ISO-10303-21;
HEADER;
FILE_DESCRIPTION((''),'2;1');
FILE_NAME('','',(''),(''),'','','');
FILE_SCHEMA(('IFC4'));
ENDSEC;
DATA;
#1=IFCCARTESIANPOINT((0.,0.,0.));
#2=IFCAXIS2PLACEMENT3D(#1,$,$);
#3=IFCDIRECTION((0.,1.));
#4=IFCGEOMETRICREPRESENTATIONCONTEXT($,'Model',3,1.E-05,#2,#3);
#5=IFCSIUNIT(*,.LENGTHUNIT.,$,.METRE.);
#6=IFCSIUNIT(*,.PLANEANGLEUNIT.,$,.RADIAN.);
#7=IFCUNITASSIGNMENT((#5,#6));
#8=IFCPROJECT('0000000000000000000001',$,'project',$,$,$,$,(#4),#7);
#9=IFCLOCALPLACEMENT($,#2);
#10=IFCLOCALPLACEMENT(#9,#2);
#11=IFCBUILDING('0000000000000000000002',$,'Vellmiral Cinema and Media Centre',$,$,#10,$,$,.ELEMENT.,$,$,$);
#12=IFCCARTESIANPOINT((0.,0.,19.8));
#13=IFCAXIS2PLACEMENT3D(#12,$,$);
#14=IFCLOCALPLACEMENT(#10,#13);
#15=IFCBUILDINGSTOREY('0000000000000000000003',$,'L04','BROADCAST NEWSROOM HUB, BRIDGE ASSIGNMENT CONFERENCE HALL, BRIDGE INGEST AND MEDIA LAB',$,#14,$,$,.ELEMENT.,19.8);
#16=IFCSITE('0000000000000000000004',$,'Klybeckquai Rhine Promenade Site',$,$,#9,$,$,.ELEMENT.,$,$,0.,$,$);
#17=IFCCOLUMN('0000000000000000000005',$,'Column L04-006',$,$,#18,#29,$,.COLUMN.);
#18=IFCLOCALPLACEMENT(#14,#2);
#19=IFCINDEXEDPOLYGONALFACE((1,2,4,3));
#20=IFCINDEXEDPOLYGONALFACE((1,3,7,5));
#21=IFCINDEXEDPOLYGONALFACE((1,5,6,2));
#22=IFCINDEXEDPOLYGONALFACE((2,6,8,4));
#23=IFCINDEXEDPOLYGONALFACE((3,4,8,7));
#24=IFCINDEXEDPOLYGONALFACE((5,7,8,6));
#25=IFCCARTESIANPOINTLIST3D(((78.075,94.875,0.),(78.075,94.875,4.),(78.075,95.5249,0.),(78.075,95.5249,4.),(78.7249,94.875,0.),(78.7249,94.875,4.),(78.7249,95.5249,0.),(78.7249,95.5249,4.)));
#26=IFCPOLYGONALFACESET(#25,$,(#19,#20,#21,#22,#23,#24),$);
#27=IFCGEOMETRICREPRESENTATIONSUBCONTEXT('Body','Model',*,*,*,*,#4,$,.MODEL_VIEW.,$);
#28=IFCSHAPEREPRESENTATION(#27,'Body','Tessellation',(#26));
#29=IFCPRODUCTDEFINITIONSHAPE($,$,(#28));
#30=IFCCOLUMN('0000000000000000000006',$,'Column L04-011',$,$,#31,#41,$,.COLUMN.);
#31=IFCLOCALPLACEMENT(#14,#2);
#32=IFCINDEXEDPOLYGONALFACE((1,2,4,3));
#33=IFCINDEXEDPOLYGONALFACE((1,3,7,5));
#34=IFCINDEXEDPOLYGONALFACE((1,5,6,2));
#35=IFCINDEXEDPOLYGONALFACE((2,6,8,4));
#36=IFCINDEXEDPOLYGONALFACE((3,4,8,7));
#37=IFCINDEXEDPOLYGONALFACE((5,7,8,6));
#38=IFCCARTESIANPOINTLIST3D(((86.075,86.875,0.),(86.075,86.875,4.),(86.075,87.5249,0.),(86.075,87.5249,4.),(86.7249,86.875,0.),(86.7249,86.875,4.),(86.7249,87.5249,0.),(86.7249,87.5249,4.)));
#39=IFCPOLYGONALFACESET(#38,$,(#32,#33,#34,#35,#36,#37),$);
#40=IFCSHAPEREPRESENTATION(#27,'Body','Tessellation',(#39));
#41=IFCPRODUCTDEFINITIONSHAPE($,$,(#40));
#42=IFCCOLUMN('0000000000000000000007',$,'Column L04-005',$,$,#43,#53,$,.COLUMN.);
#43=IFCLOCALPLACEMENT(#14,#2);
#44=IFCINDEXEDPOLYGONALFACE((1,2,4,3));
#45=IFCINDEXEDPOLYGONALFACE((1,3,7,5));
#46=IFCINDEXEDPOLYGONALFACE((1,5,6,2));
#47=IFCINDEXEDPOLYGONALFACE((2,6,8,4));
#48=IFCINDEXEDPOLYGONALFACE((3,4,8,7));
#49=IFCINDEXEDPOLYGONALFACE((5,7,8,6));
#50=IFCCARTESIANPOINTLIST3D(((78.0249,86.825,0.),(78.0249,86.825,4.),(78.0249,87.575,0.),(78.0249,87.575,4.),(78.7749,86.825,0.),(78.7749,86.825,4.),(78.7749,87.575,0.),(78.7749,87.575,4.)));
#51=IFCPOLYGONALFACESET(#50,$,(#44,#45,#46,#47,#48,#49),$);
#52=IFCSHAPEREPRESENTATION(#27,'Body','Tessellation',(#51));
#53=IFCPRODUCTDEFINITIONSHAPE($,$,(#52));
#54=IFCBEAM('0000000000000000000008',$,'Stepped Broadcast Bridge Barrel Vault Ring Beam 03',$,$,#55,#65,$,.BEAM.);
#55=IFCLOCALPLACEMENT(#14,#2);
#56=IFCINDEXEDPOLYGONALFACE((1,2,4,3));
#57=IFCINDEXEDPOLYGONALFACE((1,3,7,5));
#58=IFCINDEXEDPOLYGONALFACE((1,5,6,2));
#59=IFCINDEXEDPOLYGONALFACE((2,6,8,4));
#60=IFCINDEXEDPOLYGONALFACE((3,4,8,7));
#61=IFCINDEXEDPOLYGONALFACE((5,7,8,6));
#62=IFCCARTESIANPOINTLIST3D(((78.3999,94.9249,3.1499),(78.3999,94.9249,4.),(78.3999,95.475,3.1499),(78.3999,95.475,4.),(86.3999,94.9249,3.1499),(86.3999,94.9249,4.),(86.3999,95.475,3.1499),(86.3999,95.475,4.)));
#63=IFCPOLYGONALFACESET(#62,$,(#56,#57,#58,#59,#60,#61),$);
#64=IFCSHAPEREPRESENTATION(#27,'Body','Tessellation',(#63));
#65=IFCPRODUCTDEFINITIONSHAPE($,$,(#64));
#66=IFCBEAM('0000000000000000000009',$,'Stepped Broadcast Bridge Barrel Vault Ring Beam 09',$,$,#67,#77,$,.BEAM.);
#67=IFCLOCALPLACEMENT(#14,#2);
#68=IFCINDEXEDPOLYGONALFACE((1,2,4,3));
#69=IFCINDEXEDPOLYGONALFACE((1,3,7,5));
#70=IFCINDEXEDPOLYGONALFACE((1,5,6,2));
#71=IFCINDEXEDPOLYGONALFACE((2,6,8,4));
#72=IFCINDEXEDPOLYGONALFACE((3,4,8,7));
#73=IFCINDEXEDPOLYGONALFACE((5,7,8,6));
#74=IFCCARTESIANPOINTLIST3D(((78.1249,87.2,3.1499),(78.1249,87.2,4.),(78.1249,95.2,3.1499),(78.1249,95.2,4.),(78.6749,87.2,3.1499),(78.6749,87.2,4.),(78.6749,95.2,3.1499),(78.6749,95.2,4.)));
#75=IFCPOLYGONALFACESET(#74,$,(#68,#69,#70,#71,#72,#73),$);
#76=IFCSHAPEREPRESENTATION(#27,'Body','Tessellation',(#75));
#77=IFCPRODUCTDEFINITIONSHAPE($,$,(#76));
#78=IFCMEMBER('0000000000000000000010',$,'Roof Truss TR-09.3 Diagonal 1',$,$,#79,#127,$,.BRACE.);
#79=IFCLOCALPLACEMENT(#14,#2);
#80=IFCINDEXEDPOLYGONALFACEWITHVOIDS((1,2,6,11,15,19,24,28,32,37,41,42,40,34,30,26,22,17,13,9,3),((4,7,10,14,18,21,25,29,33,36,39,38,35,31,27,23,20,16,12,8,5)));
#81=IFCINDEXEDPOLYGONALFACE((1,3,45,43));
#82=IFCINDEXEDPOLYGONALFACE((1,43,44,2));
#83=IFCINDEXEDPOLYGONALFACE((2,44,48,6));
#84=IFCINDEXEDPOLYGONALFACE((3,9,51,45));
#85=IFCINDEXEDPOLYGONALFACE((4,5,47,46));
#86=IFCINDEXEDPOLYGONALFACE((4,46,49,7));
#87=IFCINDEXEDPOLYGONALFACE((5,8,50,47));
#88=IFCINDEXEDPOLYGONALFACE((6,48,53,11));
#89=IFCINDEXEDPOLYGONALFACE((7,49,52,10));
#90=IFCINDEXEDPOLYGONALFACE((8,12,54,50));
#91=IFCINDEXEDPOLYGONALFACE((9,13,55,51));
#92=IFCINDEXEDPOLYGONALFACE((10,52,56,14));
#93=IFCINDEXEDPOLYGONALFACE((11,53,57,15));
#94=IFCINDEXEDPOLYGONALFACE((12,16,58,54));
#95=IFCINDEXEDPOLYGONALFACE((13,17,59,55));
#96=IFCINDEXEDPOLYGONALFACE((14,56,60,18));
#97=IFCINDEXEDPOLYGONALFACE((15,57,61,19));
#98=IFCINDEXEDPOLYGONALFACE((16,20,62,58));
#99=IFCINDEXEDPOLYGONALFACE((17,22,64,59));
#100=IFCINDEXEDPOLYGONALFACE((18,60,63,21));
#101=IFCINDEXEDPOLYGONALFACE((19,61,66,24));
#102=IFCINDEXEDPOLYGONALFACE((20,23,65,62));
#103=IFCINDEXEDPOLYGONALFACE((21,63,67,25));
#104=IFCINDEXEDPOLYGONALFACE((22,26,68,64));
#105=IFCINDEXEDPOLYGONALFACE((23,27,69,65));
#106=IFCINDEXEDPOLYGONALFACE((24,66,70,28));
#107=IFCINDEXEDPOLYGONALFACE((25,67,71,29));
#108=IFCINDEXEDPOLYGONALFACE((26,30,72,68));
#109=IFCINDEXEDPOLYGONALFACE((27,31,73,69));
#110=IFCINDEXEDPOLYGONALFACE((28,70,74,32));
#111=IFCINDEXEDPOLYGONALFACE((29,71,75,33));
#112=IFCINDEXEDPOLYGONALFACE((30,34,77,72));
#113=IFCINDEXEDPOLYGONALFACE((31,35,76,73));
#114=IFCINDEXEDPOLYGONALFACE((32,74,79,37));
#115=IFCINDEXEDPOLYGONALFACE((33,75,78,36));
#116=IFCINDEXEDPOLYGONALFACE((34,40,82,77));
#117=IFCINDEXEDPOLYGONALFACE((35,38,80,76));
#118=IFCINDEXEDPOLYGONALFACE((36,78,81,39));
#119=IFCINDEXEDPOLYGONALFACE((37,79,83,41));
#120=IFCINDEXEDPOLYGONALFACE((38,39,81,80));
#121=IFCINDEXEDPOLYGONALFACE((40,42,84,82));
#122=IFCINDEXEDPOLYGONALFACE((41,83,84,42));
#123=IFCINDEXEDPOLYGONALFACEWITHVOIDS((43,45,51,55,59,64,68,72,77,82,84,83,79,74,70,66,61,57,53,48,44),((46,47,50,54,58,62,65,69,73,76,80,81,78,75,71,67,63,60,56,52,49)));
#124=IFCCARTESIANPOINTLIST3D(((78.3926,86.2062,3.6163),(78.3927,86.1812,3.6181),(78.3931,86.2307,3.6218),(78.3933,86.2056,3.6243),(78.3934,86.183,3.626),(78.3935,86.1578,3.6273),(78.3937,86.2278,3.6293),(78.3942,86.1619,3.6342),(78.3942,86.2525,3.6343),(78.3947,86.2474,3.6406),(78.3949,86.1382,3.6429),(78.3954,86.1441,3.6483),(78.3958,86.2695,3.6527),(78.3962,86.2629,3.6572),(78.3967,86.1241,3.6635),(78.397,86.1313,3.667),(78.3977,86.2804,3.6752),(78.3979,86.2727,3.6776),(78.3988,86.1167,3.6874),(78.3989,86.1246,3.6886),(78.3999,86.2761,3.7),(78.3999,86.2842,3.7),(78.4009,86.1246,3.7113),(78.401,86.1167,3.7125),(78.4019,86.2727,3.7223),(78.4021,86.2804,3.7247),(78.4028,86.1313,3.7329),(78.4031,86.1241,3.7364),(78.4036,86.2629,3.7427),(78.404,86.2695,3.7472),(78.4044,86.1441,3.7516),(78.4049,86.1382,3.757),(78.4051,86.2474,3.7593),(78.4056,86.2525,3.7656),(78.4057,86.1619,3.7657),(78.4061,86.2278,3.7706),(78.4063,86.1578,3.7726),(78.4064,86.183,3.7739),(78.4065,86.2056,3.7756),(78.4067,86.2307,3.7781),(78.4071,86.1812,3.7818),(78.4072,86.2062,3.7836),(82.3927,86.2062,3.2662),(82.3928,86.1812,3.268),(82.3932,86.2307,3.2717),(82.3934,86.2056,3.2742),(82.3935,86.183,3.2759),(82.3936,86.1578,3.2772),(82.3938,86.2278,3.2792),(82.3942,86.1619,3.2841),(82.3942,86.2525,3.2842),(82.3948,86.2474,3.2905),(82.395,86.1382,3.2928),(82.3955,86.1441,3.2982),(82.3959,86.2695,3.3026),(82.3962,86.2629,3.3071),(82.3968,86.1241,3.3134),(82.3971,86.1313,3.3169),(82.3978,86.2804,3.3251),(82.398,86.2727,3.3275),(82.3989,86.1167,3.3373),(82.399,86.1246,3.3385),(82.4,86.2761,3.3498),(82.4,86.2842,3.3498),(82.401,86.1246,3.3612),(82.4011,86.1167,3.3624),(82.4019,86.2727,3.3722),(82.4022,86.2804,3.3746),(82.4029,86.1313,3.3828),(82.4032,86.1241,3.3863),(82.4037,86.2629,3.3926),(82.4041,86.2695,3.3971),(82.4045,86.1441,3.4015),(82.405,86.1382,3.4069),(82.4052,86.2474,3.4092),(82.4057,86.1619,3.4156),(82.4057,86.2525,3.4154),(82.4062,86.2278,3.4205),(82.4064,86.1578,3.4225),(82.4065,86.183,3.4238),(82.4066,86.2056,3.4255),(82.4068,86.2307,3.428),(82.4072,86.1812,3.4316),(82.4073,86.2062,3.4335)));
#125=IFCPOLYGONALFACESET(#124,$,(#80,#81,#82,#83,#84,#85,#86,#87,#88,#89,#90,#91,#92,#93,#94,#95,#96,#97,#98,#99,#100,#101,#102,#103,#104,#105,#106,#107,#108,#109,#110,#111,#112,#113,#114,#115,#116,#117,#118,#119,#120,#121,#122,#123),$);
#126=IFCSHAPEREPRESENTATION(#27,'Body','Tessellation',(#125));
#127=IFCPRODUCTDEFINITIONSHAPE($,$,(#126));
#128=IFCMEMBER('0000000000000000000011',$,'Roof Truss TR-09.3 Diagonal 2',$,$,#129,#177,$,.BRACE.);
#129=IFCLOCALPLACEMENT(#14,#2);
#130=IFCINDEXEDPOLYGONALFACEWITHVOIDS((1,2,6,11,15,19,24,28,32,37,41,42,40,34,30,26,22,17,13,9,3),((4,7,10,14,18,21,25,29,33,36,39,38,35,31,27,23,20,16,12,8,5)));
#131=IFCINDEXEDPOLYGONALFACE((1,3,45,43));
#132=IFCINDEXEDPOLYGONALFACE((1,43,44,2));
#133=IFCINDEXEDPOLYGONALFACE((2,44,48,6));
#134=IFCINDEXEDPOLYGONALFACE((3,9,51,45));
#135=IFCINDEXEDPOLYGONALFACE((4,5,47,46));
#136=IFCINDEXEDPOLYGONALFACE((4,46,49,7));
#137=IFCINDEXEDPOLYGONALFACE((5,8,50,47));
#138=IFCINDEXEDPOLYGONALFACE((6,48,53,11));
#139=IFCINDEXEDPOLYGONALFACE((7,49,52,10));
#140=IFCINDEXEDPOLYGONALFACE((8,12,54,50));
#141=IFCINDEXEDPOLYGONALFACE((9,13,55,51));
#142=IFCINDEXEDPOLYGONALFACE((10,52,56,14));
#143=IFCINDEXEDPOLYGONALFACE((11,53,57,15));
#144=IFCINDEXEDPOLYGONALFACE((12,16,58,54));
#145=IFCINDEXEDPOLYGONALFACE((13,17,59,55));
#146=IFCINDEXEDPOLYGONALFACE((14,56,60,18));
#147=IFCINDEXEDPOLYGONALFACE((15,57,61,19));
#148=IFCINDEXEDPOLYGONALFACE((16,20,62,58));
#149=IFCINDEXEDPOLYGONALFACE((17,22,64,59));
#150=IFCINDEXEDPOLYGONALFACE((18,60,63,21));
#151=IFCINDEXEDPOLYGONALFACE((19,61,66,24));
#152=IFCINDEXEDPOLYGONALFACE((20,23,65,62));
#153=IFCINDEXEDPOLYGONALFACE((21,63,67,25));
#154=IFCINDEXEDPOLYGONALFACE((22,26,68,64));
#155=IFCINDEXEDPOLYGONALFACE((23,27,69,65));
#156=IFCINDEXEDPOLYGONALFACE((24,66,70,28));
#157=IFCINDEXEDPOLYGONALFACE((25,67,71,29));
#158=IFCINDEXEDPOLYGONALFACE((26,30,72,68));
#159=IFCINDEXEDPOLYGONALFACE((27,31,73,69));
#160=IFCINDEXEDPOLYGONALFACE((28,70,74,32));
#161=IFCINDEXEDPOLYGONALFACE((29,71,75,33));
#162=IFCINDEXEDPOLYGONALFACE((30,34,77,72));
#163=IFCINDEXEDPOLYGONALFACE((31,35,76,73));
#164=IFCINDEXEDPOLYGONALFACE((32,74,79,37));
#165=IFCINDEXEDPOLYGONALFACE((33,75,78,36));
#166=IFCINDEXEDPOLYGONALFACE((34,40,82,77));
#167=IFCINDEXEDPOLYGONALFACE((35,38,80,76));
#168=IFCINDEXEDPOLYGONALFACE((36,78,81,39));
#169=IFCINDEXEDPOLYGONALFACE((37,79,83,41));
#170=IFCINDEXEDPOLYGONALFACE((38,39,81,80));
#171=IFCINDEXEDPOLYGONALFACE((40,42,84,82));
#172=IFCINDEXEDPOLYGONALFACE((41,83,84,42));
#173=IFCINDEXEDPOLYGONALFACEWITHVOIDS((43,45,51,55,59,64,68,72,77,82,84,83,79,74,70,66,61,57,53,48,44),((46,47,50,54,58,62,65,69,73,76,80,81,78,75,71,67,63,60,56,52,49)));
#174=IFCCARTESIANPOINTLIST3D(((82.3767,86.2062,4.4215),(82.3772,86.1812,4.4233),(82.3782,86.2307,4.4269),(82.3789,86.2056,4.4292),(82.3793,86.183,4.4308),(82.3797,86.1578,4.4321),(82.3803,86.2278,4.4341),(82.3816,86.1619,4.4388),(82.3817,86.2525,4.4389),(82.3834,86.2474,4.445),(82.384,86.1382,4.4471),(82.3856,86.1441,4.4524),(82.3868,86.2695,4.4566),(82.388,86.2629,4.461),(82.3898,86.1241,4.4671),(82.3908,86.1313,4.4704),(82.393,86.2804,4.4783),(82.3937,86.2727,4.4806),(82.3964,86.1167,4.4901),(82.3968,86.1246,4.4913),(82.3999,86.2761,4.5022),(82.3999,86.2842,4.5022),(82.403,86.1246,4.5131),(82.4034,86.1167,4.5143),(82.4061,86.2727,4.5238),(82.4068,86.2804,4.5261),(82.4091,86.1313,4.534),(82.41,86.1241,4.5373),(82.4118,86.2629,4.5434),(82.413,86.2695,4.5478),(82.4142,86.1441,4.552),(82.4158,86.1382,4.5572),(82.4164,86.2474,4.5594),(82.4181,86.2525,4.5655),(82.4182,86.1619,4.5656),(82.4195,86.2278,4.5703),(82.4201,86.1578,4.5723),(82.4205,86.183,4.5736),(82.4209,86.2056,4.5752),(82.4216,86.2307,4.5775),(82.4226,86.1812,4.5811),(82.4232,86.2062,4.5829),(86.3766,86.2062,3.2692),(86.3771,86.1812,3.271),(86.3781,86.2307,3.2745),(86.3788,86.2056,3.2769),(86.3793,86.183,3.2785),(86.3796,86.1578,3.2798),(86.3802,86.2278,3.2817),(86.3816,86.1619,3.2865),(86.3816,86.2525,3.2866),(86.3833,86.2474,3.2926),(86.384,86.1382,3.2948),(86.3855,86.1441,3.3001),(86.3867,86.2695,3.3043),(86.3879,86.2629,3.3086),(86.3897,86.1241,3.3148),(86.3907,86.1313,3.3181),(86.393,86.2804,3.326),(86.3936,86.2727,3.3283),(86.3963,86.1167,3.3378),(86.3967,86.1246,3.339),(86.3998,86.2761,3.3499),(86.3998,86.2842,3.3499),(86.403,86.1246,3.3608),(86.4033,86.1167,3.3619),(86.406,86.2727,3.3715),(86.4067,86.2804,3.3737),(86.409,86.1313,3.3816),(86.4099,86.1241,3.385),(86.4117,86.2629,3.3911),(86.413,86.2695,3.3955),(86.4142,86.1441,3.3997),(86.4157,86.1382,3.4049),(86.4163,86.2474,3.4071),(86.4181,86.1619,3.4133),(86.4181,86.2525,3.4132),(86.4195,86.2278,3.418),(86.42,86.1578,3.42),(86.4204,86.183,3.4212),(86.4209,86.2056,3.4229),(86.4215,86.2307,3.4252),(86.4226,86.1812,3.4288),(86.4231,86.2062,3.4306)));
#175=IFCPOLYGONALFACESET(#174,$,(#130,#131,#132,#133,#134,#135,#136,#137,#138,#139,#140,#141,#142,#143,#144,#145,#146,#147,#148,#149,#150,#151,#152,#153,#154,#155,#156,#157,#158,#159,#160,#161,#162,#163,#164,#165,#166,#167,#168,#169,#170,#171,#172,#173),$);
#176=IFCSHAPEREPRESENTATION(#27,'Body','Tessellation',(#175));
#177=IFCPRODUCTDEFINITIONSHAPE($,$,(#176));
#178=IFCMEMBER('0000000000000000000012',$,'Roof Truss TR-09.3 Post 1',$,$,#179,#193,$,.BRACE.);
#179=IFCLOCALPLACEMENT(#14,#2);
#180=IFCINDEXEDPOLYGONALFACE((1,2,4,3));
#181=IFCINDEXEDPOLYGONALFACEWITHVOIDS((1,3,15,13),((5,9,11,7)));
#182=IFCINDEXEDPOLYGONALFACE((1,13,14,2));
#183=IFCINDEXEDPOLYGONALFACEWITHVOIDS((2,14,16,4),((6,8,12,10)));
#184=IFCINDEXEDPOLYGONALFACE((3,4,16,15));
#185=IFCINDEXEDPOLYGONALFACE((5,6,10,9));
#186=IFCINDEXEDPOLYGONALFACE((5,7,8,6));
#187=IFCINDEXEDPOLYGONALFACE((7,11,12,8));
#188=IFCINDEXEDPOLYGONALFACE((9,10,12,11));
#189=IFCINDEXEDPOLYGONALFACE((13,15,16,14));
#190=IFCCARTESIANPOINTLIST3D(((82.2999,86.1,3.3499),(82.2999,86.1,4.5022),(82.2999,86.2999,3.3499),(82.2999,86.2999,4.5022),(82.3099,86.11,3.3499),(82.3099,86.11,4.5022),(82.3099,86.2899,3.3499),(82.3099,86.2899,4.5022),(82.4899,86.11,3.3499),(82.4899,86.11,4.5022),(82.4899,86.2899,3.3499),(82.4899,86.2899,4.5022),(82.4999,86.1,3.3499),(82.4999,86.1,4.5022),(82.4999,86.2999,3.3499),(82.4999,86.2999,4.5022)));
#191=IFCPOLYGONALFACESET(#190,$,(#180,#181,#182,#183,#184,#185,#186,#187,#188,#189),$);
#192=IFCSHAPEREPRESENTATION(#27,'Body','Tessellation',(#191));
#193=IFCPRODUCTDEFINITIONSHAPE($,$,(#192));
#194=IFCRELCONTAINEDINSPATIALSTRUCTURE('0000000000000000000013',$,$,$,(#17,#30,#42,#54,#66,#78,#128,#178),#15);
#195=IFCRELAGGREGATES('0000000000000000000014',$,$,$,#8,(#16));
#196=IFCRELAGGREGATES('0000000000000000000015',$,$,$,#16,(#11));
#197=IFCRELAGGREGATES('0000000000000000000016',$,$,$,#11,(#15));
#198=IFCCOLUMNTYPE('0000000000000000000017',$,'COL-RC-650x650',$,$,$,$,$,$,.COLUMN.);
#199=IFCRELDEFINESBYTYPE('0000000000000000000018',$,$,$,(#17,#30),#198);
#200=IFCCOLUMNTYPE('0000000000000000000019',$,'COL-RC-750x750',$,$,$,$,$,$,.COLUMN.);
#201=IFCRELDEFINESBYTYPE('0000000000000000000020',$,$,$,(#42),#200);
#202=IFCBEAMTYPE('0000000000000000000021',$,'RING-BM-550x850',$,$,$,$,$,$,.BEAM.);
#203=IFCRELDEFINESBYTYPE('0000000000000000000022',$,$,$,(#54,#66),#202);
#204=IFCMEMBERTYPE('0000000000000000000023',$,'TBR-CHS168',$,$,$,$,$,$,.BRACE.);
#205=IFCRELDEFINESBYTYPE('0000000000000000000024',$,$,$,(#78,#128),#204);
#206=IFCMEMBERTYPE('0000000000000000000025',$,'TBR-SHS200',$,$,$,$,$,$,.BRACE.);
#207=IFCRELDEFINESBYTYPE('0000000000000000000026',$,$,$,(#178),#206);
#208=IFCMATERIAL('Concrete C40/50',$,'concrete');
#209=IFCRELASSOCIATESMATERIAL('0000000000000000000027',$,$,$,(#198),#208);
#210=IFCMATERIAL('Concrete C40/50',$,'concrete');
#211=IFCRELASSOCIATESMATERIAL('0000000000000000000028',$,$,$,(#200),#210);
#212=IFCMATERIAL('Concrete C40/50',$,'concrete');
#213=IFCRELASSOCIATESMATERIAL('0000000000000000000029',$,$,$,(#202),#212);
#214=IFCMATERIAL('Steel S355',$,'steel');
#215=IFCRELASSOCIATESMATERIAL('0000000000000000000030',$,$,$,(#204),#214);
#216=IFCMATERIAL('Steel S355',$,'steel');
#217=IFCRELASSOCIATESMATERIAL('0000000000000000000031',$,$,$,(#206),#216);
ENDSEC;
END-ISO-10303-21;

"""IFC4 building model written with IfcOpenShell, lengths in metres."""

from ifc_helpers import new_model, si_unit, direction, frame, origin, origin_2d, place, context, subcontext, project, spatial, rectangle, hollow_rectangle, hollow_circle, extrude, material, material_profile, profile_set, type_object, element, save


model = new_model("IFC4")

# Units and contexts
model_context = context("Model", 3, precision=1e-05, world=origin(), true_north=direction((0.0, 1.0)))
body_context = subcontext(model_context, "Body", "Model", "MODEL_VIEW")
ifc_project = project(units=[si_unit("LENGTHUNIT", "METRE"), si_unit("PLANEANGLEUNIT", "RADIAN")], contexts=[model_context])

# Site, building, storey
site_placement = place(None, origin())
site = spatial("IfcSite", under=ifc_project, at=site_placement, Name="Klybeckquai Rhine Promenade Site", CompositionType="ELEMENT", RefElevation=0.0)
building_placement = place(site_placement, origin())
building = spatial("IfcBuilding", under=site, at=building_placement, Name="Vellmiral Cinema and Media Centre", CompositionType="ELEMENT")
storey_placement = place(building_placement, frame((0.0, 0.0, 19.8)))
storey = spatial("IfcBuildingStorey", under=building, at=storey_placement, Name="L04", Description="BROADCAST NEWSROOM HUB, BRIDGE ASSIGNMENT CONFERENCE HALL, BRIDGE INGEST AND MEDIA LAB", CompositionType="ELEMENT", Elevation=19.8)

# Columns
ifc_material_1 = material(Name="Concrete C40/50", Category="concrete")
ifc_material_profile_1 = material_profile(ifc_material_1, rectangle(XDim=0.6499, YDim=0.6499, at=origin_2d()), Name="RC 650x650")
ifc_profile_set_1 = profile_set([ifc_material_profile_1], Name="Concrete C40/50")
column_type_1 = type_object("IfcColumnType", Name="COL-RC-650x650", PredefinedType="COLUMN", material=ifc_profile_set_1)
for number, where, z_axis, x_axis, name in (
    (1, (78.3999, 95.2, 0.0), (0.0, 0.0, 1.0), (1.0, 0.0, 0.0), "Column L04-006"),
    (2, (86.3999, 87.2, 0.0), (0.0, 0.0, 1.0), (1.0, 0.0, 0.0), "Column L04-011"),
):
    element("IfcColumn", number, at=place(storey_placement, frame(where, z_axis=z_axis, x_axis=x_axis)), inside=storey, type_object=column_type_1, Name=name, PredefinedType="COLUMN", context=body_context, shape_type="SweptSolid", body=[
        extrude(rectangle(XDim=0.6499, YDim=0.6499, at=origin_2d()), origin(), (0.0, 0.0, 1.0), 4.0),
    ])
ifc_material_2 = material(Name="Concrete C40/50", Category="concrete")
ifc_material_profile_2 = material_profile(ifc_material_2, rectangle(XDim=0.75, YDim=0.75, at=origin_2d()), Name="RC 750x750")
ifc_profile_set_2 = profile_set([ifc_material_profile_2], Name="Concrete C40/50")
column_type_2 = type_object("IfcColumnType", Name="COL-RC-750x750", PredefinedType="COLUMN", material=ifc_profile_set_2)
column_placement = place(storey_placement, frame((78.3999, 87.2, 0.0), z_axis=(0.0, 0.0, 1.0), x_axis=(1.0, 0.0, 0.0)))
element("IfcColumn", 3, at=column_placement, inside=storey, type_object=column_type_2, Name="Column L04-005", PredefinedType="COLUMN", context=body_context, shape_type="SweptSolid", body=[
    extrude(rectangle(XDim=0.75, YDim=0.75, at=origin_2d()), origin(), (0.0, 0.0, 1.0), 4.0),
])

# Beams
ifc_material_3 = material(Name="Concrete C40/50", Category="concrete")
ifc_material_profile_3 = material_profile(ifc_material_3, rectangle(XDim=0.55, YDim=0.8501, at=origin_2d()), Name="RC 550x850")
ifc_profile_set_3 = profile_set([ifc_material_profile_3], Name="Concrete C40/50")
beam_type = type_object("IfcBeamType", Name="RING-BM-550x850", PredefinedType="BEAM", material=ifc_profile_set_3)
for number, where, z_axis, x_axis, name in (
    (4, (78.3999, 95.2, 3.575), (1.0, 0.0, 0.0), (0.0, 1.0, 0.0), "Stepped Broadcast Bridge Barrel Vault Ring Beam 03"),
    (5, (78.3999, 87.2, 3.575), (0.0, 1.0, 0.0), (-1.0, 0.0, 0.0), "Stepped Broadcast Bridge Barrel Vault Ring Beam 09"),
):
    element("IfcBeam", number, at=place(storey_placement, frame(where, z_axis=z_axis, x_axis=x_axis)), inside=storey, type_object=beam_type, Name=name, PredefinedType="BEAM", context=body_context, shape_type="SweptSolid", body=[
        extrude(rectangle(XDim=0.55, YDim=0.8501, at=origin_2d()), origin(), (0.0, 0.0, 1.0), 8.0),
    ])

# Members
ifc_material_4 = material(Name="Steel S355", Category="steel")
ifc_material_profile_4 = material_profile(ifc_material_4, hollow_circle(Radius=0.0842, WallThickness=0.0081, at=origin_2d()), Name="CHS 168.3x8.0")
ifc_profile_set_4 = profile_set([ifc_material_profile_4], Name="Steel S355")
member_type_1 = type_object("IfcMemberType", Name="TBR-CHS168", PredefinedType="BRACE", material=ifc_profile_set_4)
member_1_placement = place(storey_placement, frame((78.3999, 86.2, 3.7), z_axis=(0.996192, 0.0, -0.087191), x_axis=(0.0, 1.0, 0.0)))
element("IfcMember", 6, at=member_1_placement, inside=storey, type_object=member_type_1, Name="Roof Truss TR-09.3 Diagonal 1", PredefinedType="BRACE", context=body_context, shape_type="SweptSolid", body=[
    extrude(hollow_circle(Radius=0.0842, WallThickness=0.0081, at=origin_2d()), origin(), (0.0, 0.0, 1.0), 4.0154),
])
member_2_placement = place(storey_placement, frame((82.3999, 86.2, 4.5022), z_axis=(0.96092, 0.0, -0.276827), x_axis=(0.0, 1.0, 0.0)))
element("IfcMember", 7, at=member_2_placement, inside=storey, type_object=member_type_1, Name="Roof Truss TR-09.3 Diagonal 2", PredefinedType="BRACE", context=body_context, shape_type="SweptSolid", body=[
    extrude(hollow_circle(Radius=0.0842, WallThickness=0.0081, at=origin_2d()), origin(), (0.0, 0.0, 1.0), 4.1626),
])
ifc_material_5 = material(Name="Steel S355", Category="steel")
ifc_material_profile_5 = material_profile(ifc_material_5, hollow_rectangle(XDim=0.2, YDim=0.2, WallThickness=0.01, at=origin_2d()), Name="SHS 200x200x10.0")
ifc_profile_set_5 = profile_set([ifc_material_profile_5], Name="Steel S355")
member_type_2 = type_object("IfcMemberType", Name="TBR-SHS200", PredefinedType="BRACE", material=ifc_profile_set_5)
member_3_placement = place(storey_placement, frame((82.3999, 86.2, 3.3499), z_axis=(0.0, 0.0, 1.0), x_axis=(1.0, 0.0, 0.0)))
element("IfcMember", 8, at=member_3_placement, inside=storey, type_object=member_type_2, Name="Roof Truss TR-09.3 Post 1", PredefinedType="BRACE", context=body_context, shape_type="SweptSolid", body=[
    extrude(hollow_rectangle(XDim=0.2, YDim=0.2, WallThickness=0.01, at=origin_2d()), origin(), (0.0, 0.0, 1.0), 1.1523),
])

save(model, "model.ifc")
